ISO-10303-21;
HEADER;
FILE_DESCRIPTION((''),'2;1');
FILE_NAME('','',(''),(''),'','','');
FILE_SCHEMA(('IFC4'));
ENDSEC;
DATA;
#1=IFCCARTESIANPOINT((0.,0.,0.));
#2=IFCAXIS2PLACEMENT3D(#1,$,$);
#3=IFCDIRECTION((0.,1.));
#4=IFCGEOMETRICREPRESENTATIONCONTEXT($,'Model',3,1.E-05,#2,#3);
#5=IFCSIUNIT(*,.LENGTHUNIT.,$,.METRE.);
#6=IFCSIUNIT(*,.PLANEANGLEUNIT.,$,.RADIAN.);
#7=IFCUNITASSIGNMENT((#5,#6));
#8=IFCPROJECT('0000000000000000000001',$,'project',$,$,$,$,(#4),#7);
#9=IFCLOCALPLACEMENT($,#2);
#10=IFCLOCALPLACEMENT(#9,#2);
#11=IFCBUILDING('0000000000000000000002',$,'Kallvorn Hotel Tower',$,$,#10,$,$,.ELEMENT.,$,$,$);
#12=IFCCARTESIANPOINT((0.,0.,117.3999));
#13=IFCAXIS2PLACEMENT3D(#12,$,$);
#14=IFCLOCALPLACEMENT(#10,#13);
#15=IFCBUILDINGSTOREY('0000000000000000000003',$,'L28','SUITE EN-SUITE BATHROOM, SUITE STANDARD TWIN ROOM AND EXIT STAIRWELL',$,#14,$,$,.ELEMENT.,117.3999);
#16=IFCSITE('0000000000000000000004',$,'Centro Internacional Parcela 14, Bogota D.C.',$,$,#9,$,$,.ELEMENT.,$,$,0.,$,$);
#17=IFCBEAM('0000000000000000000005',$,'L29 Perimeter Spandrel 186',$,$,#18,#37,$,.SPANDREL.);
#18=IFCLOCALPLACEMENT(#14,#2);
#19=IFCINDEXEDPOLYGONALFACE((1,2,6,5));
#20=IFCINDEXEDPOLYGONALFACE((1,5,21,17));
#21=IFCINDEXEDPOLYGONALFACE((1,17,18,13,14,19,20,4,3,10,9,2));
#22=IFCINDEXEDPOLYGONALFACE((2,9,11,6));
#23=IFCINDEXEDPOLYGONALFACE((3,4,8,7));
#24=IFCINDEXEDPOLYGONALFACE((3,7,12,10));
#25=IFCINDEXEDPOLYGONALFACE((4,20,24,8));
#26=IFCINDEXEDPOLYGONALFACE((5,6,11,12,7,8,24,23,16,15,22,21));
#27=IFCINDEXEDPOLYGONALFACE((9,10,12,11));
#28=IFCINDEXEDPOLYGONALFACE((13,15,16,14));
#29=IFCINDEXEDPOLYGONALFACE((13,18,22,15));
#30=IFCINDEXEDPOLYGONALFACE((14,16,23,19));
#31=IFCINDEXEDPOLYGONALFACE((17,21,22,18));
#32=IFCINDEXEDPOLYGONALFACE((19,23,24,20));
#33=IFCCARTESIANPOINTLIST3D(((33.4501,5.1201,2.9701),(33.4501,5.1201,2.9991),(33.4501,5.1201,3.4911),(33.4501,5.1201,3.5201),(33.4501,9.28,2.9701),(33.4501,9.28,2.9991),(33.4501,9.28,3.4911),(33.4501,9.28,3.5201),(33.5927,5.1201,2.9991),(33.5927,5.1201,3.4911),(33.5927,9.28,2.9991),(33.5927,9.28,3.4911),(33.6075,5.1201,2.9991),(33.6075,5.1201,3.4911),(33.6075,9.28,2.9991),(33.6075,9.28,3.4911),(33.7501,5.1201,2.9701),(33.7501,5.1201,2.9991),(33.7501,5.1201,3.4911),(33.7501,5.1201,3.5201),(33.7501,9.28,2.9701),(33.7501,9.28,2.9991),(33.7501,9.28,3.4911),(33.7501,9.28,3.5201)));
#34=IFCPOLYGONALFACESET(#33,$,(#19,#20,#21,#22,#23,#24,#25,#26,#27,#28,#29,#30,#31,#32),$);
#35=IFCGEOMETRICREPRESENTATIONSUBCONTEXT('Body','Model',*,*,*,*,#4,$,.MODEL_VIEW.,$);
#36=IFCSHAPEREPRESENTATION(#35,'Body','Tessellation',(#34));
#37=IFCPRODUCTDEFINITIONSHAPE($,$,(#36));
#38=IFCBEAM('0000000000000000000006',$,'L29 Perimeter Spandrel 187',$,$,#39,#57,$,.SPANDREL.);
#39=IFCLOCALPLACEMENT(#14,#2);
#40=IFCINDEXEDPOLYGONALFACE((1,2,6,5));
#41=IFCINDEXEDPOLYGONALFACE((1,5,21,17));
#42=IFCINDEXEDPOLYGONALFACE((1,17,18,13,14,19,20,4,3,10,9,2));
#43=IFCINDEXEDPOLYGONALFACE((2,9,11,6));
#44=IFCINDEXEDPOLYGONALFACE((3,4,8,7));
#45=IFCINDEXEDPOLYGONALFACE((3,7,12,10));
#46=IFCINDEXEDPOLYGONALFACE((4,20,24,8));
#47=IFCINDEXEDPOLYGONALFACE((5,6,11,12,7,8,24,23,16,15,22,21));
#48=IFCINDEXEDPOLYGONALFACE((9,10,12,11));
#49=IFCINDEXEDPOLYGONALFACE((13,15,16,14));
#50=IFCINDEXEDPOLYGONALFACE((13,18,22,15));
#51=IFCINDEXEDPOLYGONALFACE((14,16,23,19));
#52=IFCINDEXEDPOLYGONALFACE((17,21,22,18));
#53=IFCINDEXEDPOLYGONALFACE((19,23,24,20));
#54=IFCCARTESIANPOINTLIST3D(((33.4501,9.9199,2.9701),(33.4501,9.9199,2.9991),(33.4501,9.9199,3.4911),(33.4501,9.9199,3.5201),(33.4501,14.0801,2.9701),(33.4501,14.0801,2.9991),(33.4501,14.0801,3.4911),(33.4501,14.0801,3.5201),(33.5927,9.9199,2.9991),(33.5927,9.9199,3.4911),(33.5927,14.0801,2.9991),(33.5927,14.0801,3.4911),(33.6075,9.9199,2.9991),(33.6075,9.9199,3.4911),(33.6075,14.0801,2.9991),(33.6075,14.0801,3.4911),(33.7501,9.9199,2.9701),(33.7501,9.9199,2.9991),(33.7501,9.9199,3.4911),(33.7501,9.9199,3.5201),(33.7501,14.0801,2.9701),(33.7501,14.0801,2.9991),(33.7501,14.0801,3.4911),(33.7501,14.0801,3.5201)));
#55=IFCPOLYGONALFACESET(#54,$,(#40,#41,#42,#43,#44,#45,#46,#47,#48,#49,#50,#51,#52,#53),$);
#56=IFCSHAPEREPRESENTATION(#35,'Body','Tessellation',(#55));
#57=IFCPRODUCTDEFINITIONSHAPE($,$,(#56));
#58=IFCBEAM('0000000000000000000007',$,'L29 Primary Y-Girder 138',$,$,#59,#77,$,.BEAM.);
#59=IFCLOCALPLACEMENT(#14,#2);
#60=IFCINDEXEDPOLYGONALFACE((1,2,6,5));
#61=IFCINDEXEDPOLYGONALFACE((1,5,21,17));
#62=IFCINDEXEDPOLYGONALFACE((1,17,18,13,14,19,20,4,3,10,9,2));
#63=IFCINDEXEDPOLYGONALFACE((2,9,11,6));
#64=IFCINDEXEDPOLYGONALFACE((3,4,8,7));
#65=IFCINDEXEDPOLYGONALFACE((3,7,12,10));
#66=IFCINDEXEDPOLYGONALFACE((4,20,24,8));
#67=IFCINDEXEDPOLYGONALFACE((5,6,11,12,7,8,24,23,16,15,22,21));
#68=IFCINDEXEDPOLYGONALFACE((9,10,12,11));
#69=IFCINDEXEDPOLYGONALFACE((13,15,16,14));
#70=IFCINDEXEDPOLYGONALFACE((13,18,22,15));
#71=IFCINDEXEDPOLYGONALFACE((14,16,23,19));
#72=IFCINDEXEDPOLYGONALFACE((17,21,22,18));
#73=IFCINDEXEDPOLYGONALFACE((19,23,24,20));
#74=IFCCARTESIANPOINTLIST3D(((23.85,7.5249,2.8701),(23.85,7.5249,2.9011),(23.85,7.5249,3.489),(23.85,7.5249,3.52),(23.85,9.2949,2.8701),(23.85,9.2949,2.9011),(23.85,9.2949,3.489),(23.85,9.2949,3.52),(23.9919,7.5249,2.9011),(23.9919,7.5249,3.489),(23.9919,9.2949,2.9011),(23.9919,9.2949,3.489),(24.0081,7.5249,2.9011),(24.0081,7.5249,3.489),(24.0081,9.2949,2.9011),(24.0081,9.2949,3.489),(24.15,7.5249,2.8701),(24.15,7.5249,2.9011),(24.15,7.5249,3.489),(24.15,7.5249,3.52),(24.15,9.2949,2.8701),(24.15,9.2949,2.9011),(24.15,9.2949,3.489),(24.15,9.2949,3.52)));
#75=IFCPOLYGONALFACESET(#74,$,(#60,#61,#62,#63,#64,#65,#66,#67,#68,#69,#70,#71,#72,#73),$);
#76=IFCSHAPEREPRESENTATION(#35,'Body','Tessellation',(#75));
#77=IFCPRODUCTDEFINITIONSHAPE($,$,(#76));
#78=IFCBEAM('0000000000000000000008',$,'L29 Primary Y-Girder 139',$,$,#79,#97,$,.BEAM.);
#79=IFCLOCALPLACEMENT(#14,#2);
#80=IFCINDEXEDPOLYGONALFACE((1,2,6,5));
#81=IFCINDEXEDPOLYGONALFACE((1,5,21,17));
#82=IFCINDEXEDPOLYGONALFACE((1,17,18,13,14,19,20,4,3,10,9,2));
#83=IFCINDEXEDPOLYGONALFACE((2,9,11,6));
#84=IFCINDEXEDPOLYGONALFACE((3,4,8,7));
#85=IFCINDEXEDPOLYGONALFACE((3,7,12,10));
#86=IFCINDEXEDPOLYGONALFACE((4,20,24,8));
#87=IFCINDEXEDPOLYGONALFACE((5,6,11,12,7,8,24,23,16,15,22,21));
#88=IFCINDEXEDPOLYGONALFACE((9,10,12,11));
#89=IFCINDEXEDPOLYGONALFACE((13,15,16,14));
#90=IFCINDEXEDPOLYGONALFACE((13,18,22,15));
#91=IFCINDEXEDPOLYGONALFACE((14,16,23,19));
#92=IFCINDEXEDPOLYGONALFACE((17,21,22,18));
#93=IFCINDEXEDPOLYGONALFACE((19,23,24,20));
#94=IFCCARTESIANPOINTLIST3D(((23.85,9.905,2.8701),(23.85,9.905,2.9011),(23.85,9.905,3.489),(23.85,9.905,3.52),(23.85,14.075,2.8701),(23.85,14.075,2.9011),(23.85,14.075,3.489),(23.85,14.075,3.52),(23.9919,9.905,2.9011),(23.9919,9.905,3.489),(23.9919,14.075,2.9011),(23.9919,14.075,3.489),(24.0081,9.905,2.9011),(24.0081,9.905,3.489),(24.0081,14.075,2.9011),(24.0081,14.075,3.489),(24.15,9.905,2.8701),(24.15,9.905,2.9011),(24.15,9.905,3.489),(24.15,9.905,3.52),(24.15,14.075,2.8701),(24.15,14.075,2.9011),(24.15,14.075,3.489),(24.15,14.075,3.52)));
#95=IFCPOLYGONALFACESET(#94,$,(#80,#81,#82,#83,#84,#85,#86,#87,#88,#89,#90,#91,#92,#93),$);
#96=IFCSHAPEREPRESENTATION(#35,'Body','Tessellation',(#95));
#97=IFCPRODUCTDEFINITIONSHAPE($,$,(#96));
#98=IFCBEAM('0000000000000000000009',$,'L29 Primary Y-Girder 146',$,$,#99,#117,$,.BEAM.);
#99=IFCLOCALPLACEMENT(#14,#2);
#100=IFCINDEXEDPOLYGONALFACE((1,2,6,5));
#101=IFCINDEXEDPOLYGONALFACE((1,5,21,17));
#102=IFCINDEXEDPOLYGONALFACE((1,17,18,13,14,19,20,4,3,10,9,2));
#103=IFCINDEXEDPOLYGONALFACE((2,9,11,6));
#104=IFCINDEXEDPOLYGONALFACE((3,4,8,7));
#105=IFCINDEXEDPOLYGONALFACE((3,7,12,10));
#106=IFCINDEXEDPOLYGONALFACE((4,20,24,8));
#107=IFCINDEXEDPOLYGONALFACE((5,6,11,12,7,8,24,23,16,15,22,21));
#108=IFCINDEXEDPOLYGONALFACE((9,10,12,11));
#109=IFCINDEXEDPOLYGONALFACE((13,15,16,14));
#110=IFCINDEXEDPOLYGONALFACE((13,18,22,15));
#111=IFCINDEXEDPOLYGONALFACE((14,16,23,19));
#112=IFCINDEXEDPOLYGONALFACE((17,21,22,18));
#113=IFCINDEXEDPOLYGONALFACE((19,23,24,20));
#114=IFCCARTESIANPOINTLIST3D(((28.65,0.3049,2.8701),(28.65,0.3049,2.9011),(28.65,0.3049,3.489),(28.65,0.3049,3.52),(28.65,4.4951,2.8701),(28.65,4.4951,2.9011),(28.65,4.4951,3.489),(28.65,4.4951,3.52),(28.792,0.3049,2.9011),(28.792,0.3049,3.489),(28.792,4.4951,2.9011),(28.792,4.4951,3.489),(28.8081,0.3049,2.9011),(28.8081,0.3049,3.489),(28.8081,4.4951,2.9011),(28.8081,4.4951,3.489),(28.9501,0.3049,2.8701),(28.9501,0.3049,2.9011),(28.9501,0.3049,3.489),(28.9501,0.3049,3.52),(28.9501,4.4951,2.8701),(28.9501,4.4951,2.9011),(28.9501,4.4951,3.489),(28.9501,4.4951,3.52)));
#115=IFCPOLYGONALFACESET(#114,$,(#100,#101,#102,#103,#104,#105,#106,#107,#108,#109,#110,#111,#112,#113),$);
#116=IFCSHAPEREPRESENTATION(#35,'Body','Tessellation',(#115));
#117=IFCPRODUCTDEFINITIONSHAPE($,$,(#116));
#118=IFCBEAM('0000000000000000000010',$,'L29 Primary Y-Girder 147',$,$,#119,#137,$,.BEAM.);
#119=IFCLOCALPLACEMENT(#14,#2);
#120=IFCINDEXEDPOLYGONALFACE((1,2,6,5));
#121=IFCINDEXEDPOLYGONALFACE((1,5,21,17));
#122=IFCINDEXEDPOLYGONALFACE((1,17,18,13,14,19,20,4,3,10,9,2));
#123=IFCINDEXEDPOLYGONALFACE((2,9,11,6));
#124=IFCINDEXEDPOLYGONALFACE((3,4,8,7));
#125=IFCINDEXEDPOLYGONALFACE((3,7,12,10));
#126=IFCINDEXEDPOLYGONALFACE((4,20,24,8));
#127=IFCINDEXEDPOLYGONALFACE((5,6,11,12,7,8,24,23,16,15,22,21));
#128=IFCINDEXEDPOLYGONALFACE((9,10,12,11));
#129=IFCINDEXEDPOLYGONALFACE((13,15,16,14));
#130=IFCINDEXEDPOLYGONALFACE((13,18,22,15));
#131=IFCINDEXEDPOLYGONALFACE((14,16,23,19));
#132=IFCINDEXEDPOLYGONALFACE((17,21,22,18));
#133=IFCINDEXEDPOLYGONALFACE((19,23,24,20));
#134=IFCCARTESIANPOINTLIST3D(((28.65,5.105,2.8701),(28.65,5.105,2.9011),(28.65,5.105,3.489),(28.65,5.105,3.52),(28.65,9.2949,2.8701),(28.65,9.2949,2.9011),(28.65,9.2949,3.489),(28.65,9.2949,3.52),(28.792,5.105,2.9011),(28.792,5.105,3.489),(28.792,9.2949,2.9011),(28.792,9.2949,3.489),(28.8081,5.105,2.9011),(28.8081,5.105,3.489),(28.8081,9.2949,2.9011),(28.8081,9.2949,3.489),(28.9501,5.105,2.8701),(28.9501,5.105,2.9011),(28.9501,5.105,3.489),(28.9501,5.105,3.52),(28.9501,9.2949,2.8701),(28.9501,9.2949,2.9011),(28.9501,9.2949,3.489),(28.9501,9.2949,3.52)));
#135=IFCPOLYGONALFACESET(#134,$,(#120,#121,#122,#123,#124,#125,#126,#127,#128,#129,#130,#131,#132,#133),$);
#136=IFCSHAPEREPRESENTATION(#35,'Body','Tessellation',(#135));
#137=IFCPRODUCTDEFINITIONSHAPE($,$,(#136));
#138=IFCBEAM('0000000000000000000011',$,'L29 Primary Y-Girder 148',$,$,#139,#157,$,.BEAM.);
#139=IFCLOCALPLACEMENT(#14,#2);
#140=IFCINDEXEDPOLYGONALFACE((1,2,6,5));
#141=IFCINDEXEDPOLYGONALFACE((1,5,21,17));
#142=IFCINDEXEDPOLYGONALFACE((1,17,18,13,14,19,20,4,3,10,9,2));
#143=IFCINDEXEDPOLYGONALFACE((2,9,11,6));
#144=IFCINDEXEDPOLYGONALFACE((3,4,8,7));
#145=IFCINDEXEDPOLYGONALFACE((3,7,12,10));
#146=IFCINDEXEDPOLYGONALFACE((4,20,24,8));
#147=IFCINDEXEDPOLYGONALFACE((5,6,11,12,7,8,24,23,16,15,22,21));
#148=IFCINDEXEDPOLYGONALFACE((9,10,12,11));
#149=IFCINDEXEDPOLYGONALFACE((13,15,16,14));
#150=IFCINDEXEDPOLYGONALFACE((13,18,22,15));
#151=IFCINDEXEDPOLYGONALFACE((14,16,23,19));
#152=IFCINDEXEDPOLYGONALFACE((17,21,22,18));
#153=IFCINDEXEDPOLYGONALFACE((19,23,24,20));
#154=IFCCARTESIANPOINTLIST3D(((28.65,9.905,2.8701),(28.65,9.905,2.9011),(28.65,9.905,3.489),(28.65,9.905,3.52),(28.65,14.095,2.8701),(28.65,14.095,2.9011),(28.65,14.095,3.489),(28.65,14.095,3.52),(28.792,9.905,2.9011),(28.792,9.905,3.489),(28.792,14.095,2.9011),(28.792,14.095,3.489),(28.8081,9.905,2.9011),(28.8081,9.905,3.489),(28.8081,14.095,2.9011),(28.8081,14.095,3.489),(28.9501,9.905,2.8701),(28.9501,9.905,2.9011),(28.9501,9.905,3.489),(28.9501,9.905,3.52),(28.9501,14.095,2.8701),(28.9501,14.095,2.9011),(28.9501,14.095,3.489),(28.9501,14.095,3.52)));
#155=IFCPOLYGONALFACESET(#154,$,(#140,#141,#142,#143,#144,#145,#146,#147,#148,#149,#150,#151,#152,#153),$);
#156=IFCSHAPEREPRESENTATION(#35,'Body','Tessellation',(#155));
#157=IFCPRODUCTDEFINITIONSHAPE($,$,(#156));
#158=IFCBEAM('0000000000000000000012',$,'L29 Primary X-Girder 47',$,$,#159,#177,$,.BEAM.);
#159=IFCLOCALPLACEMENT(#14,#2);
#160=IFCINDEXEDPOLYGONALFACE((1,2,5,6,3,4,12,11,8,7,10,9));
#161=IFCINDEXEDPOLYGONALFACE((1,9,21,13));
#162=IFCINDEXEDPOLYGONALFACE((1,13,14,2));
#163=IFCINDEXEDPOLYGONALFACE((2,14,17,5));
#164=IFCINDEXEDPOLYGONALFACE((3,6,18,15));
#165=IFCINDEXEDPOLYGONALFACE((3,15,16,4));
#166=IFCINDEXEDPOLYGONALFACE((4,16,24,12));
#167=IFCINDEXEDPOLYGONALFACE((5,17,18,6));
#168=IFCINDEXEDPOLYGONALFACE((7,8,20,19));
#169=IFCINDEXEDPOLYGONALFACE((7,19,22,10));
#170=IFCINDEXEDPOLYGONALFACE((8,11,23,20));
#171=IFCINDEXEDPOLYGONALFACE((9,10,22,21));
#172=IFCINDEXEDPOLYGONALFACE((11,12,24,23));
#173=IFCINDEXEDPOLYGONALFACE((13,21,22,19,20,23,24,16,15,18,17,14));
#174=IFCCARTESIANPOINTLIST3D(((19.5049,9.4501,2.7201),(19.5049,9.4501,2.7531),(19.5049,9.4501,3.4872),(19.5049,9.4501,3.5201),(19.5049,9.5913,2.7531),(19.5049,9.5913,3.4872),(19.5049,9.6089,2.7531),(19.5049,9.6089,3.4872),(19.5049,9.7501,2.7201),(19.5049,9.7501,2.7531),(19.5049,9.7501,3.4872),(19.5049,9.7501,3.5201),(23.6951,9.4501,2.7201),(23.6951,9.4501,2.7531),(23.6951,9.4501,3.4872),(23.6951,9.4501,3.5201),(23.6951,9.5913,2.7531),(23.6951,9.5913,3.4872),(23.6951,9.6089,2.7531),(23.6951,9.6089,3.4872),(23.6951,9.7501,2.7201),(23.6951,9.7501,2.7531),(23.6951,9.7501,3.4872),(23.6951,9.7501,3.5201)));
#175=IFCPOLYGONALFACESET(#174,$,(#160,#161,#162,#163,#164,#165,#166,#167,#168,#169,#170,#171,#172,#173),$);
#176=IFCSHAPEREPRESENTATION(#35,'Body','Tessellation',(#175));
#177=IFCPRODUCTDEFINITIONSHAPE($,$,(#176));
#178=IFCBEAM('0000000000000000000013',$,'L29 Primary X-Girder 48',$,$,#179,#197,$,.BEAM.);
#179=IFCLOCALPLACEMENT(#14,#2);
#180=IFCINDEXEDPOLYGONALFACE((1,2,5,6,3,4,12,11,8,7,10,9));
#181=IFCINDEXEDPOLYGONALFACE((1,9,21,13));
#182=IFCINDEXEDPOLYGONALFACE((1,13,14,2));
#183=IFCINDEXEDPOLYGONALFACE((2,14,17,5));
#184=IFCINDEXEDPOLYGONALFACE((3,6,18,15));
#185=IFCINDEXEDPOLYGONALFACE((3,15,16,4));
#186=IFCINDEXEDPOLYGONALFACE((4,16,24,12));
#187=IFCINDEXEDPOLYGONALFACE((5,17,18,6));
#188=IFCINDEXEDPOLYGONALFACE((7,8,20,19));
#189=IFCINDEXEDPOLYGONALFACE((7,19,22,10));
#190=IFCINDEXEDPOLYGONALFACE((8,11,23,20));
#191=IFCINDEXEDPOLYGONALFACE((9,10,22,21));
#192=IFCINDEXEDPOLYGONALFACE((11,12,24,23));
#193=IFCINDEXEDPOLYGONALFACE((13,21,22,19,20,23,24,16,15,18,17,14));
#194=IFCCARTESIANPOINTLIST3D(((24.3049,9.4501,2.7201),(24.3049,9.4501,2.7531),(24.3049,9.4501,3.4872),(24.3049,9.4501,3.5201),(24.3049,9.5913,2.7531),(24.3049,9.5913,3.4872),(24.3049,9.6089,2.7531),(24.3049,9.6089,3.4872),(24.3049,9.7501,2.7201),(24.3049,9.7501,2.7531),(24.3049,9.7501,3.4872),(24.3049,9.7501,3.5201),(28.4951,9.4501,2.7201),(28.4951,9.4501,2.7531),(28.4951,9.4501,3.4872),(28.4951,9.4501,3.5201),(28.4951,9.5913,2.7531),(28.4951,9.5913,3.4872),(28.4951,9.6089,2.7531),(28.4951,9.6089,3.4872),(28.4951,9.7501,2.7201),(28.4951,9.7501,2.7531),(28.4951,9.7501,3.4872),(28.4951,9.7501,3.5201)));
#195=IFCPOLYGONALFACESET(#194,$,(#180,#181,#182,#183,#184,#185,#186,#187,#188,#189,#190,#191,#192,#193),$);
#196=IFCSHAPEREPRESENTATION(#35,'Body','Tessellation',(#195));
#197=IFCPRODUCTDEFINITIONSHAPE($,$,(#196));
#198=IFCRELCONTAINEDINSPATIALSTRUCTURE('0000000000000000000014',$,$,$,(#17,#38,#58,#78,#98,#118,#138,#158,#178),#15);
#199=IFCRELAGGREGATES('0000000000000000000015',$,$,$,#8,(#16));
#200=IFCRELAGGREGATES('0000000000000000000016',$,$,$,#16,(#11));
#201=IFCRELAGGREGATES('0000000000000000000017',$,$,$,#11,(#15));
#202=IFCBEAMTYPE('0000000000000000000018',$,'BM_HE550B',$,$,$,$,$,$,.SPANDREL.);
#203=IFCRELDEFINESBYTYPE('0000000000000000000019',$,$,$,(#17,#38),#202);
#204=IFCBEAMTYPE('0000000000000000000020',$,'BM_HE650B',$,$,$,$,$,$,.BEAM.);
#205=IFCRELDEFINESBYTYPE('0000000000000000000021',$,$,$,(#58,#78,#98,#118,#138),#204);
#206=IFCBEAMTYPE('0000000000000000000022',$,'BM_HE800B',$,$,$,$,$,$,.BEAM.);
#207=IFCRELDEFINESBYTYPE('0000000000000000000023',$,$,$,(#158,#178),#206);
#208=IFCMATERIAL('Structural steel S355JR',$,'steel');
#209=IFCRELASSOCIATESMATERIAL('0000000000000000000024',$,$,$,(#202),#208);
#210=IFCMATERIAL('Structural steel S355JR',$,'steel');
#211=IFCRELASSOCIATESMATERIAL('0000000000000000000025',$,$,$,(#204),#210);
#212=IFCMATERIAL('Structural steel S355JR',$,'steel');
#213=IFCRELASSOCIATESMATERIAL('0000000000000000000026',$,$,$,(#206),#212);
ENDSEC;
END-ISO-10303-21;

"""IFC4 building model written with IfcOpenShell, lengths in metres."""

from ifc_helpers import new_model, si_unit, direction, frame, origin, origin_2d, place, context, subcontext, project, spatial, i_section, extrude, material, material_profile, profile_set, type_object, element, save


model = new_model("IFC4")

# Units and contexts
model_context = context("Model", 3, precision=1e-05, world=origin(), true_north=direction((0.0, 1.0)))
body_context = subcontext(model_context, "Body", "Model", "MODEL_VIEW")
ifc_project = project(units=[si_unit("LENGTHUNIT", "METRE"), si_unit("PLANEANGLEUNIT", "RADIAN")], contexts=[model_context])

# Site, building, storey
site_placement = place(None, origin())
site = spatial("IfcSite", under=ifc_project, at=site_placement, Name="Centro Internacional Parcela 14, Bogota D.C.", CompositionType="ELEMENT", RefElevation=0.0)
building_placement = place(site_placement, origin())
building = spatial("IfcBuilding", under=site, at=building_placement, Name="Kallvorn Hotel Tower", CompositionType="ELEMENT")
storey_placement = place(building_placement, frame((0.0, 0.0, 117.3999)))
storey = spatial("IfcBuildingStorey", under=building, at=storey_placement, Name="L28", Description="SUITE EN-SUITE BATHROOM, SUITE STANDARD TWIN ROOM AND EXIT STAIRWELL", CompositionType="ELEMENT", Elevation=117.3999)

# Beams
ifc_material_1 = material(Name="Structural steel S355JR", Category="steel")
ifc_material_profile_1 = material_profile(ifc_material_1, i_section(OverallWidth=0.3, OverallDepth=0.55, WebThickness=0.0149, FlangeThickness=0.0291, at=origin_2d()), Name="HE 550 B")
ifc_profile_set_1 = profile_set([ifc_material_profile_1], Name="Structural steel S355JR")
beam_type_1 = type_object("IfcBeamType", Name="BM_HE550B", PredefinedType="SPANDREL", material=ifc_profile_set_1)
for number, where, z_axis, x_axis, name in (
    (1, (33.6001, 5.1201, 3.2451), (0.0, 1.0, 0.0), (-1.0, 0.0, 0.0), "L29 Perimeter Spandrel 186"),
):
    element("IfcBeam", number, at=place(storey_placement, frame(where, z_axis=z_axis, x_axis=x_axis)), inside=storey, type_object=beam_type_1, Name=name, PredefinedType="SPANDREL", context=body_context, shape_type="SweptSolid", body=[
        extrude(i_section(OverallWidth=0.3, OverallDepth=0.55, WebThickness=0.0149, FlangeThickness=0.0291, at=origin_2d()), origin(), (0.0, 0.0, 1.0), 4.1599),
    ])
beam_1_placement = place(storey_placement, frame((33.6001, 9.9199, 3.2451), z_axis=(0.0, 1.0, 0.0), x_axis=(-1.0, 0.0, 0.0)))
element("IfcBeam", 2, at=beam_1_placement, inside=storey, type_object=beam_type_1, Name="L29 Perimeter Spandrel 187", PredefinedType="SPANDREL", context=body_context, shape_type="SweptSolid", body=[
    extrude(i_section(OverallWidth=0.3, OverallDepth=0.55, WebThickness=0.0149, FlangeThickness=0.0291, at=origin_2d()), origin(), (0.0, 0.0, 1.0), 4.1602),
])
ifc_material_2 = material(Name="Structural steel S355JR", Category="steel")
ifc_material_profile_2 = material_profile(ifc_material_2, i_section(OverallWidth=0.3, OverallDepth=0.6499, WebThickness=0.0161, FlangeThickness=0.031, at=origin_2d()), Name="HE 650 B")
ifc_profile_set_2 = profile_set([ifc_material_profile_2], Name="Structural steel S355JR")
beam_type_2 = type_object("IfcBeamType", Name="BM_HE650B", PredefinedType="BEAM", material=ifc_profile_set_2)
beam_2_placement = place(storey_placement, frame((24.0, 7.5249, 3.1951), z_axis=(0.0, 1.0, 0.0), x_axis=(-1.0, 0.0, 0.0)))
element("IfcBeam", 3, at=beam_2_placement, inside=storey, type_object=beam_type_2, Name="L29 Primary Y-Girder 138", PredefinedType="BEAM", context=body_context, shape_type="SweptSolid", body=[
    extrude(i_section(OverallWidth=0.3, OverallDepth=0.6499, WebThickness=0.0161, FlangeThickness=0.031, at=origin_2d()), origin(), (0.0, 0.0, 1.0), 1.77),
])
beam_3_placement = place(storey_placement, frame((24.0, 9.905, 3.1951), z_axis=(0.0, 1.0, 0.0), x_axis=(-1.0, 0.0, 0.0)))
element("IfcBeam", 4, at=beam_3_placement, inside=storey, type_object=beam_type_2, Name="L29 Primary Y-Girder 139", PredefinedType="BEAM", context=body_context, shape_type="SweptSolid", body=[
    extrude(i_section(OverallWidth=0.3, OverallDepth=0.6499, WebThickness=0.0161, FlangeThickness=0.031, at=origin_2d()), origin(), (0.0, 0.0, 1.0), 4.1699),
])
beam_4_placement = place(storey_placement, frame((28.8, 0.3049, 3.1951), z_axis=(0.0, 1.0, 0.0), x_axis=(-1.0, 0.0, 0.0)))
element("IfcBeam", 5, at=beam_4_placement, inside=storey, type_object=beam_type_2, Name="L29 Primary Y-Girder 146", PredefinedType="BEAM", context=body_context, shape_type="SweptSolid", body=[
    extrude(i_section(OverallWidth=0.3, OverallDepth=0.6499, WebThickness=0.0161, FlangeThickness=0.031, at=origin_2d()), origin(), (0.0, 0.0, 1.0), 4.1902),
])
for number, where, z_axis, x_axis, name in (
    (6, (28.8, 5.105, 3.1951), (0.0, 1.0, 0.0), (-1.0, 0.0, 0.0), "L29 Primary Y-Girder 147"),
    (7, (28.8, 9.905, 3.1951), (0.0, 1.0, 0.0), (-1.0, 0.0, 0.0), "L29 Primary Y-Girder 148"),
):
    element("IfcBeam", number, at=place(storey_placement, frame(where, z_axis=z_axis, x_axis=x_axis)), inside=storey, type_object=beam_type_2, Name=name, PredefinedType="BEAM", context=body_context, shape_type="SweptSolid", body=[
        extrude(i_section(OverallWidth=0.3, OverallDepth=0.6499, WebThickness=0.0161, FlangeThickness=0.031, at=origin_2d()), origin(), (0.0, 0.0, 1.0), 4.1899),
    ])
ifc_material_3 = material(Name="Structural steel S355JR", Category="steel")
ifc_material_profile_3 = material_profile(ifc_material_3, i_section(OverallWidth=0.3, OverallDepth=0.8, WebThickness=0.0176, FlangeThickness=0.033, at=origin_2d()), Name="HE 800 B")
ifc_profile_set_3 = profile_set([ifc_material_profile_3], Name="Structural steel S355JR")
beam_type_3 = type_object("IfcBeamType", Name="BM_HE800B", PredefinedType="BEAM", material=ifc_profile_set_3)
for number, where, z_axis, x_axis, name in (
    (8, (19.5049, 9.6001, 3.1201), (1.0, 0.0, 0.0), (0.0, 1.0, 0.0), "L29 Primary X-Girder 47"),
    (9, (24.3049, 9.6001, 3.1201), (1.0, 0.0, 0.0), (0.0, 1.0, 0.0), "L29 Primary X-Girder 48"),
):
    element("IfcBeam", number, at=place(storey_placement, frame(where, z_axis=z_axis, x_axis=x_axis)), inside=storey, type_object=beam_type_3, Name=name, PredefinedType="BEAM", context=body_context, shape_type="SweptSolid", body=[
        extrude(i_section(OverallWidth=0.3, OverallDepth=0.8, WebThickness=0.0176, FlangeThickness=0.033, at=origin_2d()), origin(), (0.0, 0.0, 1.0), 4.1902),
    ])

save(model, "model.ifc")
